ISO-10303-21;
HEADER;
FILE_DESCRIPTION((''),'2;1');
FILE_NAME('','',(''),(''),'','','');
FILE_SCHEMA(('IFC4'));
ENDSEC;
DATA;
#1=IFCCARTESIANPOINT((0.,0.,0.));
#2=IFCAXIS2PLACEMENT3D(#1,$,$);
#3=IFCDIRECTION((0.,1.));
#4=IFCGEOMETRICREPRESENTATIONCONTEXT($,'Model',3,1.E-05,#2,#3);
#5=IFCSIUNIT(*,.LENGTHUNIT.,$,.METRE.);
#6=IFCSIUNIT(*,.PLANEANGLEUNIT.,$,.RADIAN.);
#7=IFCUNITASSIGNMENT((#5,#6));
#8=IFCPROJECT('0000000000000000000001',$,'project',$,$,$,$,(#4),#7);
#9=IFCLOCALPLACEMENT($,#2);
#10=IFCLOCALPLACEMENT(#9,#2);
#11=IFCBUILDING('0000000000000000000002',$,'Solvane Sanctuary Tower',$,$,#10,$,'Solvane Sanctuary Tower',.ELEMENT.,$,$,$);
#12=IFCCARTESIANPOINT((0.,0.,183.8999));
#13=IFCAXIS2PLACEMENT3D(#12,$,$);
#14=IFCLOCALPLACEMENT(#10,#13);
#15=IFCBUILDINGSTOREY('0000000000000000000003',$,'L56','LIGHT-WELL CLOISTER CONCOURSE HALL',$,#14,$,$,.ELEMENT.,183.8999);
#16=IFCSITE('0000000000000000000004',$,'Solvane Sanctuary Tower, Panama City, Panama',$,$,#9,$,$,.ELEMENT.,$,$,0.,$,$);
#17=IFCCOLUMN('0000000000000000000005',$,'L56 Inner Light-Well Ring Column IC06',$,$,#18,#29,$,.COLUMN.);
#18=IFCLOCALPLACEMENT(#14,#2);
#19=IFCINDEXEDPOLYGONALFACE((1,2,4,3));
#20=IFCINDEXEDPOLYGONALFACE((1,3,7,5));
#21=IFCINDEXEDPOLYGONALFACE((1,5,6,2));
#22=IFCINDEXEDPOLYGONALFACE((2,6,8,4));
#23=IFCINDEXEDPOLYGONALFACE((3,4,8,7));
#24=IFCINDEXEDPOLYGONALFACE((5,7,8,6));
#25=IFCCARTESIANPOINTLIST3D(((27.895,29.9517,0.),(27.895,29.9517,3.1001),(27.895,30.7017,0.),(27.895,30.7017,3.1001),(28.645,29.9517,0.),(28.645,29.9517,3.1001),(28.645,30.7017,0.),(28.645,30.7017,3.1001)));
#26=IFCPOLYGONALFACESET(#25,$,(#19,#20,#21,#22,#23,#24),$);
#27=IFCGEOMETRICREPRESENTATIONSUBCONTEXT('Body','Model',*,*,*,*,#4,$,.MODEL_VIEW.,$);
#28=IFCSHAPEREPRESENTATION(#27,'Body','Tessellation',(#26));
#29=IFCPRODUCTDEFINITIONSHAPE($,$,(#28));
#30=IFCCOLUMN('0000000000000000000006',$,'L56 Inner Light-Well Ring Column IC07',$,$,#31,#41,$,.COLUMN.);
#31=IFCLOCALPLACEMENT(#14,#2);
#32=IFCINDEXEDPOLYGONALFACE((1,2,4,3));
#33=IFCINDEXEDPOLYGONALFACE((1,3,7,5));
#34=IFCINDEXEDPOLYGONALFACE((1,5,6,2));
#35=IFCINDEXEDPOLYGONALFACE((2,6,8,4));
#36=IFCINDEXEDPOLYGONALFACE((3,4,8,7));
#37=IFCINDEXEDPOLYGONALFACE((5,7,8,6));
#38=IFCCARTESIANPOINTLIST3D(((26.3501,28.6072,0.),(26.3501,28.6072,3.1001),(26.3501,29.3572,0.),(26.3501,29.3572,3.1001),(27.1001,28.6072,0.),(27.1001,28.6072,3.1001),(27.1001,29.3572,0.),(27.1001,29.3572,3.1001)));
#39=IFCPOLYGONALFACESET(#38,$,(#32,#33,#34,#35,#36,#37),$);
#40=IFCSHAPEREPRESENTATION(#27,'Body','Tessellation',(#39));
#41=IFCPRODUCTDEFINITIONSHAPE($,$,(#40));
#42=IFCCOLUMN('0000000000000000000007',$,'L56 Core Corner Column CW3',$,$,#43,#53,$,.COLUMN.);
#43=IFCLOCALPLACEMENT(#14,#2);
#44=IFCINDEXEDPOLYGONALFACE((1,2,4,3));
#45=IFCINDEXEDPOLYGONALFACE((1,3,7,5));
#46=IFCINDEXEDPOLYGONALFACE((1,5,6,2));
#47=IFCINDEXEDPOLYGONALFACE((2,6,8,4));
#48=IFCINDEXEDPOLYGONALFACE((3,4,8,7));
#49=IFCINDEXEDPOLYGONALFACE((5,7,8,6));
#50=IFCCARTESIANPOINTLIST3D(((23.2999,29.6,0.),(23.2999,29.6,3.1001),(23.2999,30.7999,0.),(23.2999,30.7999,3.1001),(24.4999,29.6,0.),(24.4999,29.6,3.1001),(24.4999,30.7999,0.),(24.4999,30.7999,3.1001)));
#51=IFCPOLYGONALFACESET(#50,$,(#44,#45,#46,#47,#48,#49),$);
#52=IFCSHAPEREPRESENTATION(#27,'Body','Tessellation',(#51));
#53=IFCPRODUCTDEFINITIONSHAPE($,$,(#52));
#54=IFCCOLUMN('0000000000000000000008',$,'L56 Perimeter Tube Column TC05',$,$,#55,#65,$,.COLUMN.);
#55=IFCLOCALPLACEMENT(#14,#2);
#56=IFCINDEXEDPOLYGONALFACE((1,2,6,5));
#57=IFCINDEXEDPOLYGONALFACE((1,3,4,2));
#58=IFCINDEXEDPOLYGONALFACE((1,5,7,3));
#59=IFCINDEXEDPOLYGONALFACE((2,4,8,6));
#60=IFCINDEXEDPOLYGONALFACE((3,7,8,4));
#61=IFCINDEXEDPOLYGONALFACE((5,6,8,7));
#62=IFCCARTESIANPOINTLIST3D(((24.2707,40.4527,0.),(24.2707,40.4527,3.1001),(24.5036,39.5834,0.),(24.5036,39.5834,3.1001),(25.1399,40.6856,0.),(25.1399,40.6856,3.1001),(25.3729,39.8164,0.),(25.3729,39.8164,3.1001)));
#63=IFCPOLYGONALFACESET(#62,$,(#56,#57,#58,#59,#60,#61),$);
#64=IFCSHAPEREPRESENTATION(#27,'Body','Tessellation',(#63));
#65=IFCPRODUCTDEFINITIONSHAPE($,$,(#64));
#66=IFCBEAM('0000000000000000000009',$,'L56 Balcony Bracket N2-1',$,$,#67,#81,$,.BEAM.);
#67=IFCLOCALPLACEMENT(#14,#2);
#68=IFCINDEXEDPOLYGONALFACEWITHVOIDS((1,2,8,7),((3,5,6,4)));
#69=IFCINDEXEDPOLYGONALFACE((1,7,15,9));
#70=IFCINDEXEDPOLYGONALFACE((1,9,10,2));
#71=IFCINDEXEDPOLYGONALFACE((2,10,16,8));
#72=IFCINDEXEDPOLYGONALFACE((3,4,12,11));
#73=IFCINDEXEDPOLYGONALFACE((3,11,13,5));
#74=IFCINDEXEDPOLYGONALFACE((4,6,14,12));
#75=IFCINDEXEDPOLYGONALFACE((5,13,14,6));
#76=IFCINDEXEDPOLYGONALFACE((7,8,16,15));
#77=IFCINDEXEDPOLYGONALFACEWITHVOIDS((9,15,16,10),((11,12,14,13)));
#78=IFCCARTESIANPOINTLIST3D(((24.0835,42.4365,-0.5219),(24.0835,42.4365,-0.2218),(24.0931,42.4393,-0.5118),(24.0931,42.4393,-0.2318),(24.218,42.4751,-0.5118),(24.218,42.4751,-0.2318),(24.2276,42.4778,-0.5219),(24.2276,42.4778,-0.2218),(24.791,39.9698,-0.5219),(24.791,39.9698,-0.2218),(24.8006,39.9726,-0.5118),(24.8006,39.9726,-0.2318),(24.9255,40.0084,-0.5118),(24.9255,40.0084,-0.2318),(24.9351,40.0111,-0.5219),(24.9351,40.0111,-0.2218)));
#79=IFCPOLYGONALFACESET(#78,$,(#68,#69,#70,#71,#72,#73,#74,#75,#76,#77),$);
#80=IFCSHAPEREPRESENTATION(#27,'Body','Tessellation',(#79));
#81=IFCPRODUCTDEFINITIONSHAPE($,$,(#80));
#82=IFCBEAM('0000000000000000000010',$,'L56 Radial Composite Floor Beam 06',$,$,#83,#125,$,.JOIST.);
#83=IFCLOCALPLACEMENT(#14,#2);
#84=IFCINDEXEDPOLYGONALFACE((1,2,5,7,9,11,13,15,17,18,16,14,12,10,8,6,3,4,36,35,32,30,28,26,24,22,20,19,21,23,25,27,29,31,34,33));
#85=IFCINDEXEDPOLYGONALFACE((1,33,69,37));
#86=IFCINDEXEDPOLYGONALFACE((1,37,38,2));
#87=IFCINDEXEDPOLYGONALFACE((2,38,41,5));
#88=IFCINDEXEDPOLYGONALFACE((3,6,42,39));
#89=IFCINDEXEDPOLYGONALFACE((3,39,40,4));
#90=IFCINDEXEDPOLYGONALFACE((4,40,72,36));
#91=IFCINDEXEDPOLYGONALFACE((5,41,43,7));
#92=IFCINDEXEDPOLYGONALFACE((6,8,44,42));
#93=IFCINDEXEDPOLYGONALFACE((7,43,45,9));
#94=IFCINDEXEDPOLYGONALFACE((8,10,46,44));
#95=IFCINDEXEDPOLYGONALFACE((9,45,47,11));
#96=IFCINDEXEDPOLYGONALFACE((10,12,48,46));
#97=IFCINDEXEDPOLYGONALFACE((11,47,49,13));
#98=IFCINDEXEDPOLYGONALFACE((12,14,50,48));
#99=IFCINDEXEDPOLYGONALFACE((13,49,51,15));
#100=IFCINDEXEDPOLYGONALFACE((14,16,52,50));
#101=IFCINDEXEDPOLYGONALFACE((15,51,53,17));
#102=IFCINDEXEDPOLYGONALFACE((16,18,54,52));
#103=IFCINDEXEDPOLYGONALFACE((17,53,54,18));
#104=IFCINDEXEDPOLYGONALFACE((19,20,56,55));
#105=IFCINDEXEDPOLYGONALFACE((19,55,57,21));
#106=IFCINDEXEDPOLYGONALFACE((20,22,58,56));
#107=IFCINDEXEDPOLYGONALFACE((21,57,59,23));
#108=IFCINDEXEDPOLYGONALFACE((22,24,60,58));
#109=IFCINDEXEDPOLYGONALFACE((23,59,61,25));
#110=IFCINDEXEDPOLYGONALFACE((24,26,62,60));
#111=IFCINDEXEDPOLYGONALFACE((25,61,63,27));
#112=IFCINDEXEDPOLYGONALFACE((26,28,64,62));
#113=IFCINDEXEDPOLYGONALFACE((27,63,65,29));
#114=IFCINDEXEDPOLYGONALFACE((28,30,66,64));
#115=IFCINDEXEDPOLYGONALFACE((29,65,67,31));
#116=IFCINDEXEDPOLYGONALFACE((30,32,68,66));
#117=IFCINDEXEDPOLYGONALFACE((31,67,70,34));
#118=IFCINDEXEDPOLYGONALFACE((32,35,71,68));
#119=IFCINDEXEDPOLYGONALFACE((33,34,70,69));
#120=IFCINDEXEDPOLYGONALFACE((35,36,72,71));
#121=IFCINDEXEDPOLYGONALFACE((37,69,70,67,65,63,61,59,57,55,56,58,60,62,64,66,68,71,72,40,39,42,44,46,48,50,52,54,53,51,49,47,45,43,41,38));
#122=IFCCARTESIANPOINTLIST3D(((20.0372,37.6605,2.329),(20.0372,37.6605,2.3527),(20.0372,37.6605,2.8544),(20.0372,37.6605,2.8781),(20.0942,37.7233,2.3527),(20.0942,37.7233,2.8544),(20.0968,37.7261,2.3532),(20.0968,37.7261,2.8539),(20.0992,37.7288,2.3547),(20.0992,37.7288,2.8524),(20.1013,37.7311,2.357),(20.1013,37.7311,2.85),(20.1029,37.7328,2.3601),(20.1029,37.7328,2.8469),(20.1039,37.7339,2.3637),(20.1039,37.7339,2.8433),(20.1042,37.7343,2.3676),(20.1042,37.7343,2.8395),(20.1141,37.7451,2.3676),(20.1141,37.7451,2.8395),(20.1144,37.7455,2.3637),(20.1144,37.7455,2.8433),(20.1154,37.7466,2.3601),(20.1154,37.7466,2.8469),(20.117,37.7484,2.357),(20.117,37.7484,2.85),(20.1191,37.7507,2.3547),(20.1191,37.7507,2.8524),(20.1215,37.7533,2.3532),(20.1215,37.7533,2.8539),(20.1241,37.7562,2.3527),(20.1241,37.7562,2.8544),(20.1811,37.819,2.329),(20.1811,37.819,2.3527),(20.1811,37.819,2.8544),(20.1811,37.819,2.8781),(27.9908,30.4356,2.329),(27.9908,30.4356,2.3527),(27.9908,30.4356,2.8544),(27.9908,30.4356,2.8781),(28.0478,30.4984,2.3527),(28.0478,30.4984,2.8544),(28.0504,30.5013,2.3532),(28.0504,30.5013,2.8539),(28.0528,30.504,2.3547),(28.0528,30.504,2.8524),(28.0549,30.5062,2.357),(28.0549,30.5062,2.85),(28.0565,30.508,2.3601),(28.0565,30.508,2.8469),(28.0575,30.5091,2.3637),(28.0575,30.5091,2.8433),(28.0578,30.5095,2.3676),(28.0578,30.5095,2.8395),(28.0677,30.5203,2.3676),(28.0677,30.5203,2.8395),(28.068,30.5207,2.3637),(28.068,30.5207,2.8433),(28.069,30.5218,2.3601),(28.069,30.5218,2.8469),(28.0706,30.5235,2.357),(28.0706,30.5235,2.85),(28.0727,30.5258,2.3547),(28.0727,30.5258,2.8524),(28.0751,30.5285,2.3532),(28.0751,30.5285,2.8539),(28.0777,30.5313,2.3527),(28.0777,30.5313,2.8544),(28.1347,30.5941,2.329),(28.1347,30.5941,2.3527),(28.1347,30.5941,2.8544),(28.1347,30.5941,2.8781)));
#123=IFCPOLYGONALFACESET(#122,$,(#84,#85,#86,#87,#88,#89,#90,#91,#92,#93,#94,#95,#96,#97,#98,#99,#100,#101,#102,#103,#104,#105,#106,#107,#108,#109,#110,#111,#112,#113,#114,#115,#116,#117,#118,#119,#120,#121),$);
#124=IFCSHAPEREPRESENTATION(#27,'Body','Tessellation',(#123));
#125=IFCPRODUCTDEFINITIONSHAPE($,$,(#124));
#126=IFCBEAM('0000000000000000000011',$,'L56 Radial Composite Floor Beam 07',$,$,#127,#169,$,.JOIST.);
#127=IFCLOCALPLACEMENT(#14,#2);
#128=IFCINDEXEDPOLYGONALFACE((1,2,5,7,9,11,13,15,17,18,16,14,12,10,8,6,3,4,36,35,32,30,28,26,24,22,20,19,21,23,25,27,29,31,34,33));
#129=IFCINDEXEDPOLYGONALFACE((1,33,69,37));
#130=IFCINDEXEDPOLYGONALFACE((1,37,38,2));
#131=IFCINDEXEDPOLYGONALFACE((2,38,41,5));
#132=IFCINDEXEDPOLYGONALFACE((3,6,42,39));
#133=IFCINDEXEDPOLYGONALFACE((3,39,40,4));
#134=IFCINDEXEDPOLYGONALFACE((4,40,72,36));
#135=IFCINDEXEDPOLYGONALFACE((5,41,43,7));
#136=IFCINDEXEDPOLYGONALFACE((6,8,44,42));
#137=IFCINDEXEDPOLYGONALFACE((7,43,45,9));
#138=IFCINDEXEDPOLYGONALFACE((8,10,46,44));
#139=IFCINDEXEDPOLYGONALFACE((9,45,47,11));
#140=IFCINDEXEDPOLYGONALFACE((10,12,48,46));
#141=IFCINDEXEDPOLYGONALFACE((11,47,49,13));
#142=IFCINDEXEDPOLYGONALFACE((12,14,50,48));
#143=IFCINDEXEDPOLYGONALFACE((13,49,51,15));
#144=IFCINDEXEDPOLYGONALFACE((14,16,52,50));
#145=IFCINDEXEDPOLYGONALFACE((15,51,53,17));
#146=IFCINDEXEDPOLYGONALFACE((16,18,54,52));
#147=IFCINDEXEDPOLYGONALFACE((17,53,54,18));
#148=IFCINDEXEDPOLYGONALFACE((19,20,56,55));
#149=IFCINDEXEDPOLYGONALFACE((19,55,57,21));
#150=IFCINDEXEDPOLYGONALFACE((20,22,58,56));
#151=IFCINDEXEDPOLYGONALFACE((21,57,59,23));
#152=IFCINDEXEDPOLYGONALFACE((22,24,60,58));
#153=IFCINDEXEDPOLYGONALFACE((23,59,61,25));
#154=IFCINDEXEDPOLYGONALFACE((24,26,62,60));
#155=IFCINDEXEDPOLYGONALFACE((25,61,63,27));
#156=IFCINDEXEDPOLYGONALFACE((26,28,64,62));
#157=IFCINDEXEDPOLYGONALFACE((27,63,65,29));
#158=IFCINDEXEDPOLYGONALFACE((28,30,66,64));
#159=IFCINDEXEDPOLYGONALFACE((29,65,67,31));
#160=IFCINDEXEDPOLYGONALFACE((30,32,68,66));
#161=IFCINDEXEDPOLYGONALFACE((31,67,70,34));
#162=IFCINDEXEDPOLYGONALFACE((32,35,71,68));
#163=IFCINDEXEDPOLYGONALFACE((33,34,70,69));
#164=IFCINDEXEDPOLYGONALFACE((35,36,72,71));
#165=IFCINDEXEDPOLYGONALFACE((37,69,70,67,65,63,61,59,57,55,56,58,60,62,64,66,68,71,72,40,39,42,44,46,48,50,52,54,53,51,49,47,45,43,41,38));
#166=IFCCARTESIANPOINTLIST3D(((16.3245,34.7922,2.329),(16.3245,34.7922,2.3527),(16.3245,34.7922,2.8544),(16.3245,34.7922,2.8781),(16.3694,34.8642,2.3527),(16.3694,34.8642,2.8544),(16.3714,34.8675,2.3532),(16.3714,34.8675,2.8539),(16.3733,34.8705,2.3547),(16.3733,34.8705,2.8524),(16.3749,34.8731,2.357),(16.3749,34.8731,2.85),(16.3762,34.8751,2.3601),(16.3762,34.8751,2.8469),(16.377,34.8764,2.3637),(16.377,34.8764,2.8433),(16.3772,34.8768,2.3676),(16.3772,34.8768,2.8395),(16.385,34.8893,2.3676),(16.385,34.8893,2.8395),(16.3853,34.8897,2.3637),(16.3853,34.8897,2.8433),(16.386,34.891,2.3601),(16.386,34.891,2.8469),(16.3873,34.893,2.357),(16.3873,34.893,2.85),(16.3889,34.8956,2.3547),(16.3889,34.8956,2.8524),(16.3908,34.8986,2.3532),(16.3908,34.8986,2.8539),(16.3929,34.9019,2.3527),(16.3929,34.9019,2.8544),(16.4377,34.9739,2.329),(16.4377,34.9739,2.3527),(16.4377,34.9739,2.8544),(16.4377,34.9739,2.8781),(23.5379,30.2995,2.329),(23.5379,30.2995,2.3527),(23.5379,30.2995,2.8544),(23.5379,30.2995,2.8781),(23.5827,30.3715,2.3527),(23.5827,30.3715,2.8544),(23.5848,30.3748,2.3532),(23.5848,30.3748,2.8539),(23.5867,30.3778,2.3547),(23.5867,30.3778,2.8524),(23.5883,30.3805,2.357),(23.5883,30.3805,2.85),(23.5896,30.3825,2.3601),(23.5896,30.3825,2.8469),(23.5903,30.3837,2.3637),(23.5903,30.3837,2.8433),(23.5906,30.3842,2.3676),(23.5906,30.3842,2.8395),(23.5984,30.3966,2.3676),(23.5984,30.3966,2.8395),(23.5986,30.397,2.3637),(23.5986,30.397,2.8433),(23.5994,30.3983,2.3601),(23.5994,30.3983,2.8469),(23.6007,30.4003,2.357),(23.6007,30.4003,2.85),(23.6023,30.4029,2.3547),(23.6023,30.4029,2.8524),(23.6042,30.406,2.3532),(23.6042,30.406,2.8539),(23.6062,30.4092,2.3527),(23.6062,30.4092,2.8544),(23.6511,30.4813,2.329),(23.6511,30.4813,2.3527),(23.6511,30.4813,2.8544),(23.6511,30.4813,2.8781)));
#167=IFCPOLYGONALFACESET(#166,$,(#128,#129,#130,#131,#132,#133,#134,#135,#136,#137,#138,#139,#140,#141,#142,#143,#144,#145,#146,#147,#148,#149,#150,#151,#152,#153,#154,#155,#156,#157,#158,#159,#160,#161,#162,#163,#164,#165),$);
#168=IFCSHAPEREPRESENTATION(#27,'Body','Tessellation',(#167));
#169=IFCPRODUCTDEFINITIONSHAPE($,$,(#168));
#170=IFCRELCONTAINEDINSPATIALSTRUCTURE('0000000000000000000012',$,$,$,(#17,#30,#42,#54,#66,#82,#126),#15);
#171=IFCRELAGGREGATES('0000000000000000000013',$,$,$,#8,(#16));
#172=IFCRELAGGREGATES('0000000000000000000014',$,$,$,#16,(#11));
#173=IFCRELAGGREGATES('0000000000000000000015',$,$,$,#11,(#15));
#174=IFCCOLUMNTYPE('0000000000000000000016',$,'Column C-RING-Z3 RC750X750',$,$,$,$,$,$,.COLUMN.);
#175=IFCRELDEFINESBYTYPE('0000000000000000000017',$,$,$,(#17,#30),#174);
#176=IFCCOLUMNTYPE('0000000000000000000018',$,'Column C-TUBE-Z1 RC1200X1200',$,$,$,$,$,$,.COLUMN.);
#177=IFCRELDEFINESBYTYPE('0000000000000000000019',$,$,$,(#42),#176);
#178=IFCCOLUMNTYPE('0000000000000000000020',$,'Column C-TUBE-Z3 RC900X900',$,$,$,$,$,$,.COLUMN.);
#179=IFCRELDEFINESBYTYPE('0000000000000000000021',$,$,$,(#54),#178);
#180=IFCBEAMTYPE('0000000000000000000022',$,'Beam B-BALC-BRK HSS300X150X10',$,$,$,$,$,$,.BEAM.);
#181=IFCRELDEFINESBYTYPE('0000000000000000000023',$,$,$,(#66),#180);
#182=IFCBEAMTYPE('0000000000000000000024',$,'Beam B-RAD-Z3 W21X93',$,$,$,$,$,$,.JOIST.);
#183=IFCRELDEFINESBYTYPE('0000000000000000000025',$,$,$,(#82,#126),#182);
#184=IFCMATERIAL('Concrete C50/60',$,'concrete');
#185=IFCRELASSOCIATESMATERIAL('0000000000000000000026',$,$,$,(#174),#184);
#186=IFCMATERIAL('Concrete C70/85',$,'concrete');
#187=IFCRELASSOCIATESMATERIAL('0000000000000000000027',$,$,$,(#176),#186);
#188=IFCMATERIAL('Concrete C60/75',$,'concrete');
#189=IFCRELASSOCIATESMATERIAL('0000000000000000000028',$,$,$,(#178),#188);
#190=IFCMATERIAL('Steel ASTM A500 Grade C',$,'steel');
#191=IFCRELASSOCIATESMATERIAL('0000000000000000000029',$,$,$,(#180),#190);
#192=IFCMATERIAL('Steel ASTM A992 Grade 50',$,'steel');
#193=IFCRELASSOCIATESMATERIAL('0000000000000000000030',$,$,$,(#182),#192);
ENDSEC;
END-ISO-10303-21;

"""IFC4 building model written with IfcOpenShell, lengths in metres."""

from ifc_helpers import new_model, si_unit, direction, frame, origin, origin_2d, place, context, subcontext, project, spatial, rectangle, hollow_rectangle, i_section, extrude, material, material_profile, profile_set, type_object, element, save


model = new_model("IFC4")

# Units and contexts
model_context = context("Model", 3, precision=1e-05, world=origin(), true_north=direction((0.0, 1.0)))
body_context = subcontext(model_context, "Body", "Model", "MODEL_VIEW")
ifc_project = project(units=[si_unit("LENGTHUNIT", "METRE"), si_unit("PLANEANGLEUNIT", "RADIAN")], contexts=[model_context])

# Site, building, storey
site_placement = place(None, origin())
site = spatial("IfcSite", under=ifc_project, at=site_placement, Name="Solvane Sanctuary Tower, Panama City, Panama", CompositionType="ELEMENT", RefElevation=0.0)
building_placement = place(site_placement, origin())
building = spatial("IfcBuilding", under=site, at=building_placement, Name="Solvane Sanctuary Tower", LongName="Solvane Sanctuary Tower", CompositionType="ELEMENT")
storey_placement = place(building_placement, frame((0.0, 0.0, 183.8999)))
storey = spatial("IfcBuildingStorey", under=building, at=storey_placement, Name="L56", Description="LIGHT-WELL CLOISTER CONCOURSE HALL", CompositionType="ELEMENT", Elevation=183.8999)

# Columns
ifc_material_1 = material(Name="Concrete C50/60", Category="concrete")
ifc_material_profile_1 = material_profile(ifc_material_1, rectangle(XDim=0.75, YDim=0.75, at=origin_2d()), Name="RC750X750")
ifc_profile_set_1 = profile_set([ifc_material_profile_1], Name="Concrete C50/60")
column_type_1 = type_object("IfcColumnType", Name="Column C-RING-Z3 RC750X750", PredefinedType="COLUMN", material=ifc_profile_set_1)
for number, where, z_axis, x_axis, name in (
    (1, (28.27, 30.3267, 0.0), (0.0, 0.0, 1.0), (1.0, 0.0, 0.0), "L56 Inner Light-Well Ring Column IC06"),
    (2, (26.7251, 28.9822, 0.0), (0.0, 0.0, 1.0), (1.0, 0.0, 0.0), "L56 Inner Light-Well Ring Column IC07"),
):
    element("IfcColumn", number, at=place(storey_placement, frame(where, z_axis=z_axis, x_axis=x_axis)), inside=storey, type_object=column_type_1, Name=name, PredefinedType="COLUMN", context=body_context, shape_type="SweptSolid", body=[
        extrude(rectangle(XDim=0.75, YDim=0.75, at=origin_2d()), origin(), (0.0, 0.0, 1.0), 3.1001),
    ])
ifc_material_2 = material(Name="Concrete C70/85", Category="concrete")
ifc_material_profile_2 = material_profile(ifc_material_2, rectangle(XDim=1.2, YDim=1.2, at=origin_2d()), Name="RC1200X1200")
ifc_profile_set_2 = profile_set([ifc_material_profile_2], Name="Concrete C70/85")
column_type_2 = type_object("IfcColumnType", Name="Column C-TUBE-Z1 RC1200X1200", PredefinedType="COLUMN", material=ifc_profile_set_2)
column_1_placement = place(storey_placement, frame((23.8999, 30.2, 0.0), z_axis=(0.0, 0.0, 1.0), x_axis=(1.0, 0.0, 0.0)))
element("IfcColumn", 3, at=column_1_placement, inside=storey, type_object=column_type_2, Name="L56 Core Corner Column CW3", PredefinedType="COLUMN", context=body_context, shape_type="SweptSolid", body=[
    extrude(rectangle(XDim=1.2, YDim=1.2, at=origin_2d()), origin(), (0.0, 0.0, 1.0), 3.1001),
])
ifc_material_3 = material(Name="Concrete C60/75", Category="concrete")
ifc_material_profile_3 = material_profile(ifc_material_3, rectangle(XDim=0.8999, YDim=0.8999, at=origin_2d()), Name="RC900X900")
ifc_profile_set_3 = profile_set([ifc_material_profile_3], Name="Concrete C60/75")
column_type_3 = type_object("IfcColumnType", Name="Column C-TUBE-Z3 RC900X900", PredefinedType="COLUMN", material=ifc_profile_set_3)
column_2_placement = place(storey_placement, frame((24.8218, 40.1345, 0.0), z_axis=(0.0, 0.0, 1.0), x_axis=(-0.258819, 0.965926, 0.0)))
element("IfcColumn", 4, at=column_2_placement, inside=storey, type_object=column_type_3, Name="L56 Perimeter Tube Column TC05", PredefinedType="COLUMN", context=body_context, shape_type="SweptSolid", body=[
    extrude(rectangle(XDim=0.8999, YDim=0.8999, at=origin_2d()), origin(), (0.0, 0.0, 1.0), 3.1001),
])

# Beams
ifc_material_4 = material(Name="Steel ASTM A500 Grade C", Category="steel")
ifc_material_profile_4 = material_profile(ifc_material_4, hollow_rectangle(XDim=0.1499, YDim=0.3, WallThickness=0.01, at=origin_2d()), Name="HSS300X150X10")
ifc_profile_set_4 = profile_set([ifc_material_profile_4], Name="Steel ASTM A500 Grade C")
beam_type_1 = type_object("IfcBeamType", Name="Beam B-BALC-BRK HSS300X150X10", PredefinedType="BEAM", material=ifc_profile_set_4)
beam_1_placement = place(storey_placement, frame((24.863, 39.9905, -0.3718), z_axis=(-0.275701, 0.961243, 0.0), x_axis=(-0.961243, -0.275701, 0.0)))
element("IfcBeam", 5, at=beam_1_placement, inside=storey, type_object=beam_type_1, Name="L56 Balcony Bracket N2-1", PredefinedType="BEAM", context=body_context, shape_type="SweptSolid", body=[
    extrude(hollow_rectangle(XDim=0.1499, YDim=0.3, WallThickness=0.01, at=origin_2d()), origin(), (0.0, 0.0, 1.0), 2.5662),
])
ifc_material_5 = material(Name="Steel ASTM A992 Grade 50", Category="steel")
ifc_material_profile_5 = material_profile(ifc_material_5, i_section(OverallWidth=0.2141, OverallDepth=0.5491, WebThickness=0.0146, FlangeThickness=0.0237, FilletRadius=0.0149, at=origin_2d()), Name="W21X93")
ifc_profile_set_5 = profile_set([ifc_material_profile_5], Name="Steel ASTM A992 Grade 50")
beam_type_2 = type_object("IfcBeamType", Name="Beam B-RAD-Z3 W21X93", PredefinedType="JOIST", material=ifc_profile_set_5)
beam_2_placement = place(storey_placement, frame((28.0627, 30.5149, 2.6035), z_axis=(-0.740204, 0.672382, 0.0), x_axis=(-0.672382, -0.740204, 0.0)))
element("IfcBeam", 6, at=beam_2_placement, inside=storey, type_object=beam_type_2, Name="L56 Radial Composite Floor Beam 06", PredefinedType="JOIST", context=body_context, shape_type="SweptSolid", body=[
    extrude(i_section(OverallWidth=0.2141, OverallDepth=0.5491, WebThickness=0.0146, FlangeThickness=0.0237, FilletRadius=0.0149, at=origin_2d()), origin(), (0.0, 0.0, 1.0), 10.7451),
])
beam_3_placement = place(storey_placement, frame((23.5945, 30.3904, 2.6035), z_axis=(-0.848827, 0.528671, 0.0), x_axis=(-0.528671, -0.848827, 0.0)))
element("IfcBeam", 7, at=beam_3_placement, inside=storey, type_object=beam_type_2, Name="L56 Radial Composite Floor Beam 07", PredefinedType="JOIST", context=body_context, shape_type="SweptSolid", body=[
    extrude(i_section(OverallWidth=0.2141, OverallDepth=0.5491, WebThickness=0.0146, FlangeThickness=0.0237, FilletRadius=0.0149, at=origin_2d()), origin(), (0.0, 0.0, 1.0), 8.498),
])

save(model, "model.ifc")
